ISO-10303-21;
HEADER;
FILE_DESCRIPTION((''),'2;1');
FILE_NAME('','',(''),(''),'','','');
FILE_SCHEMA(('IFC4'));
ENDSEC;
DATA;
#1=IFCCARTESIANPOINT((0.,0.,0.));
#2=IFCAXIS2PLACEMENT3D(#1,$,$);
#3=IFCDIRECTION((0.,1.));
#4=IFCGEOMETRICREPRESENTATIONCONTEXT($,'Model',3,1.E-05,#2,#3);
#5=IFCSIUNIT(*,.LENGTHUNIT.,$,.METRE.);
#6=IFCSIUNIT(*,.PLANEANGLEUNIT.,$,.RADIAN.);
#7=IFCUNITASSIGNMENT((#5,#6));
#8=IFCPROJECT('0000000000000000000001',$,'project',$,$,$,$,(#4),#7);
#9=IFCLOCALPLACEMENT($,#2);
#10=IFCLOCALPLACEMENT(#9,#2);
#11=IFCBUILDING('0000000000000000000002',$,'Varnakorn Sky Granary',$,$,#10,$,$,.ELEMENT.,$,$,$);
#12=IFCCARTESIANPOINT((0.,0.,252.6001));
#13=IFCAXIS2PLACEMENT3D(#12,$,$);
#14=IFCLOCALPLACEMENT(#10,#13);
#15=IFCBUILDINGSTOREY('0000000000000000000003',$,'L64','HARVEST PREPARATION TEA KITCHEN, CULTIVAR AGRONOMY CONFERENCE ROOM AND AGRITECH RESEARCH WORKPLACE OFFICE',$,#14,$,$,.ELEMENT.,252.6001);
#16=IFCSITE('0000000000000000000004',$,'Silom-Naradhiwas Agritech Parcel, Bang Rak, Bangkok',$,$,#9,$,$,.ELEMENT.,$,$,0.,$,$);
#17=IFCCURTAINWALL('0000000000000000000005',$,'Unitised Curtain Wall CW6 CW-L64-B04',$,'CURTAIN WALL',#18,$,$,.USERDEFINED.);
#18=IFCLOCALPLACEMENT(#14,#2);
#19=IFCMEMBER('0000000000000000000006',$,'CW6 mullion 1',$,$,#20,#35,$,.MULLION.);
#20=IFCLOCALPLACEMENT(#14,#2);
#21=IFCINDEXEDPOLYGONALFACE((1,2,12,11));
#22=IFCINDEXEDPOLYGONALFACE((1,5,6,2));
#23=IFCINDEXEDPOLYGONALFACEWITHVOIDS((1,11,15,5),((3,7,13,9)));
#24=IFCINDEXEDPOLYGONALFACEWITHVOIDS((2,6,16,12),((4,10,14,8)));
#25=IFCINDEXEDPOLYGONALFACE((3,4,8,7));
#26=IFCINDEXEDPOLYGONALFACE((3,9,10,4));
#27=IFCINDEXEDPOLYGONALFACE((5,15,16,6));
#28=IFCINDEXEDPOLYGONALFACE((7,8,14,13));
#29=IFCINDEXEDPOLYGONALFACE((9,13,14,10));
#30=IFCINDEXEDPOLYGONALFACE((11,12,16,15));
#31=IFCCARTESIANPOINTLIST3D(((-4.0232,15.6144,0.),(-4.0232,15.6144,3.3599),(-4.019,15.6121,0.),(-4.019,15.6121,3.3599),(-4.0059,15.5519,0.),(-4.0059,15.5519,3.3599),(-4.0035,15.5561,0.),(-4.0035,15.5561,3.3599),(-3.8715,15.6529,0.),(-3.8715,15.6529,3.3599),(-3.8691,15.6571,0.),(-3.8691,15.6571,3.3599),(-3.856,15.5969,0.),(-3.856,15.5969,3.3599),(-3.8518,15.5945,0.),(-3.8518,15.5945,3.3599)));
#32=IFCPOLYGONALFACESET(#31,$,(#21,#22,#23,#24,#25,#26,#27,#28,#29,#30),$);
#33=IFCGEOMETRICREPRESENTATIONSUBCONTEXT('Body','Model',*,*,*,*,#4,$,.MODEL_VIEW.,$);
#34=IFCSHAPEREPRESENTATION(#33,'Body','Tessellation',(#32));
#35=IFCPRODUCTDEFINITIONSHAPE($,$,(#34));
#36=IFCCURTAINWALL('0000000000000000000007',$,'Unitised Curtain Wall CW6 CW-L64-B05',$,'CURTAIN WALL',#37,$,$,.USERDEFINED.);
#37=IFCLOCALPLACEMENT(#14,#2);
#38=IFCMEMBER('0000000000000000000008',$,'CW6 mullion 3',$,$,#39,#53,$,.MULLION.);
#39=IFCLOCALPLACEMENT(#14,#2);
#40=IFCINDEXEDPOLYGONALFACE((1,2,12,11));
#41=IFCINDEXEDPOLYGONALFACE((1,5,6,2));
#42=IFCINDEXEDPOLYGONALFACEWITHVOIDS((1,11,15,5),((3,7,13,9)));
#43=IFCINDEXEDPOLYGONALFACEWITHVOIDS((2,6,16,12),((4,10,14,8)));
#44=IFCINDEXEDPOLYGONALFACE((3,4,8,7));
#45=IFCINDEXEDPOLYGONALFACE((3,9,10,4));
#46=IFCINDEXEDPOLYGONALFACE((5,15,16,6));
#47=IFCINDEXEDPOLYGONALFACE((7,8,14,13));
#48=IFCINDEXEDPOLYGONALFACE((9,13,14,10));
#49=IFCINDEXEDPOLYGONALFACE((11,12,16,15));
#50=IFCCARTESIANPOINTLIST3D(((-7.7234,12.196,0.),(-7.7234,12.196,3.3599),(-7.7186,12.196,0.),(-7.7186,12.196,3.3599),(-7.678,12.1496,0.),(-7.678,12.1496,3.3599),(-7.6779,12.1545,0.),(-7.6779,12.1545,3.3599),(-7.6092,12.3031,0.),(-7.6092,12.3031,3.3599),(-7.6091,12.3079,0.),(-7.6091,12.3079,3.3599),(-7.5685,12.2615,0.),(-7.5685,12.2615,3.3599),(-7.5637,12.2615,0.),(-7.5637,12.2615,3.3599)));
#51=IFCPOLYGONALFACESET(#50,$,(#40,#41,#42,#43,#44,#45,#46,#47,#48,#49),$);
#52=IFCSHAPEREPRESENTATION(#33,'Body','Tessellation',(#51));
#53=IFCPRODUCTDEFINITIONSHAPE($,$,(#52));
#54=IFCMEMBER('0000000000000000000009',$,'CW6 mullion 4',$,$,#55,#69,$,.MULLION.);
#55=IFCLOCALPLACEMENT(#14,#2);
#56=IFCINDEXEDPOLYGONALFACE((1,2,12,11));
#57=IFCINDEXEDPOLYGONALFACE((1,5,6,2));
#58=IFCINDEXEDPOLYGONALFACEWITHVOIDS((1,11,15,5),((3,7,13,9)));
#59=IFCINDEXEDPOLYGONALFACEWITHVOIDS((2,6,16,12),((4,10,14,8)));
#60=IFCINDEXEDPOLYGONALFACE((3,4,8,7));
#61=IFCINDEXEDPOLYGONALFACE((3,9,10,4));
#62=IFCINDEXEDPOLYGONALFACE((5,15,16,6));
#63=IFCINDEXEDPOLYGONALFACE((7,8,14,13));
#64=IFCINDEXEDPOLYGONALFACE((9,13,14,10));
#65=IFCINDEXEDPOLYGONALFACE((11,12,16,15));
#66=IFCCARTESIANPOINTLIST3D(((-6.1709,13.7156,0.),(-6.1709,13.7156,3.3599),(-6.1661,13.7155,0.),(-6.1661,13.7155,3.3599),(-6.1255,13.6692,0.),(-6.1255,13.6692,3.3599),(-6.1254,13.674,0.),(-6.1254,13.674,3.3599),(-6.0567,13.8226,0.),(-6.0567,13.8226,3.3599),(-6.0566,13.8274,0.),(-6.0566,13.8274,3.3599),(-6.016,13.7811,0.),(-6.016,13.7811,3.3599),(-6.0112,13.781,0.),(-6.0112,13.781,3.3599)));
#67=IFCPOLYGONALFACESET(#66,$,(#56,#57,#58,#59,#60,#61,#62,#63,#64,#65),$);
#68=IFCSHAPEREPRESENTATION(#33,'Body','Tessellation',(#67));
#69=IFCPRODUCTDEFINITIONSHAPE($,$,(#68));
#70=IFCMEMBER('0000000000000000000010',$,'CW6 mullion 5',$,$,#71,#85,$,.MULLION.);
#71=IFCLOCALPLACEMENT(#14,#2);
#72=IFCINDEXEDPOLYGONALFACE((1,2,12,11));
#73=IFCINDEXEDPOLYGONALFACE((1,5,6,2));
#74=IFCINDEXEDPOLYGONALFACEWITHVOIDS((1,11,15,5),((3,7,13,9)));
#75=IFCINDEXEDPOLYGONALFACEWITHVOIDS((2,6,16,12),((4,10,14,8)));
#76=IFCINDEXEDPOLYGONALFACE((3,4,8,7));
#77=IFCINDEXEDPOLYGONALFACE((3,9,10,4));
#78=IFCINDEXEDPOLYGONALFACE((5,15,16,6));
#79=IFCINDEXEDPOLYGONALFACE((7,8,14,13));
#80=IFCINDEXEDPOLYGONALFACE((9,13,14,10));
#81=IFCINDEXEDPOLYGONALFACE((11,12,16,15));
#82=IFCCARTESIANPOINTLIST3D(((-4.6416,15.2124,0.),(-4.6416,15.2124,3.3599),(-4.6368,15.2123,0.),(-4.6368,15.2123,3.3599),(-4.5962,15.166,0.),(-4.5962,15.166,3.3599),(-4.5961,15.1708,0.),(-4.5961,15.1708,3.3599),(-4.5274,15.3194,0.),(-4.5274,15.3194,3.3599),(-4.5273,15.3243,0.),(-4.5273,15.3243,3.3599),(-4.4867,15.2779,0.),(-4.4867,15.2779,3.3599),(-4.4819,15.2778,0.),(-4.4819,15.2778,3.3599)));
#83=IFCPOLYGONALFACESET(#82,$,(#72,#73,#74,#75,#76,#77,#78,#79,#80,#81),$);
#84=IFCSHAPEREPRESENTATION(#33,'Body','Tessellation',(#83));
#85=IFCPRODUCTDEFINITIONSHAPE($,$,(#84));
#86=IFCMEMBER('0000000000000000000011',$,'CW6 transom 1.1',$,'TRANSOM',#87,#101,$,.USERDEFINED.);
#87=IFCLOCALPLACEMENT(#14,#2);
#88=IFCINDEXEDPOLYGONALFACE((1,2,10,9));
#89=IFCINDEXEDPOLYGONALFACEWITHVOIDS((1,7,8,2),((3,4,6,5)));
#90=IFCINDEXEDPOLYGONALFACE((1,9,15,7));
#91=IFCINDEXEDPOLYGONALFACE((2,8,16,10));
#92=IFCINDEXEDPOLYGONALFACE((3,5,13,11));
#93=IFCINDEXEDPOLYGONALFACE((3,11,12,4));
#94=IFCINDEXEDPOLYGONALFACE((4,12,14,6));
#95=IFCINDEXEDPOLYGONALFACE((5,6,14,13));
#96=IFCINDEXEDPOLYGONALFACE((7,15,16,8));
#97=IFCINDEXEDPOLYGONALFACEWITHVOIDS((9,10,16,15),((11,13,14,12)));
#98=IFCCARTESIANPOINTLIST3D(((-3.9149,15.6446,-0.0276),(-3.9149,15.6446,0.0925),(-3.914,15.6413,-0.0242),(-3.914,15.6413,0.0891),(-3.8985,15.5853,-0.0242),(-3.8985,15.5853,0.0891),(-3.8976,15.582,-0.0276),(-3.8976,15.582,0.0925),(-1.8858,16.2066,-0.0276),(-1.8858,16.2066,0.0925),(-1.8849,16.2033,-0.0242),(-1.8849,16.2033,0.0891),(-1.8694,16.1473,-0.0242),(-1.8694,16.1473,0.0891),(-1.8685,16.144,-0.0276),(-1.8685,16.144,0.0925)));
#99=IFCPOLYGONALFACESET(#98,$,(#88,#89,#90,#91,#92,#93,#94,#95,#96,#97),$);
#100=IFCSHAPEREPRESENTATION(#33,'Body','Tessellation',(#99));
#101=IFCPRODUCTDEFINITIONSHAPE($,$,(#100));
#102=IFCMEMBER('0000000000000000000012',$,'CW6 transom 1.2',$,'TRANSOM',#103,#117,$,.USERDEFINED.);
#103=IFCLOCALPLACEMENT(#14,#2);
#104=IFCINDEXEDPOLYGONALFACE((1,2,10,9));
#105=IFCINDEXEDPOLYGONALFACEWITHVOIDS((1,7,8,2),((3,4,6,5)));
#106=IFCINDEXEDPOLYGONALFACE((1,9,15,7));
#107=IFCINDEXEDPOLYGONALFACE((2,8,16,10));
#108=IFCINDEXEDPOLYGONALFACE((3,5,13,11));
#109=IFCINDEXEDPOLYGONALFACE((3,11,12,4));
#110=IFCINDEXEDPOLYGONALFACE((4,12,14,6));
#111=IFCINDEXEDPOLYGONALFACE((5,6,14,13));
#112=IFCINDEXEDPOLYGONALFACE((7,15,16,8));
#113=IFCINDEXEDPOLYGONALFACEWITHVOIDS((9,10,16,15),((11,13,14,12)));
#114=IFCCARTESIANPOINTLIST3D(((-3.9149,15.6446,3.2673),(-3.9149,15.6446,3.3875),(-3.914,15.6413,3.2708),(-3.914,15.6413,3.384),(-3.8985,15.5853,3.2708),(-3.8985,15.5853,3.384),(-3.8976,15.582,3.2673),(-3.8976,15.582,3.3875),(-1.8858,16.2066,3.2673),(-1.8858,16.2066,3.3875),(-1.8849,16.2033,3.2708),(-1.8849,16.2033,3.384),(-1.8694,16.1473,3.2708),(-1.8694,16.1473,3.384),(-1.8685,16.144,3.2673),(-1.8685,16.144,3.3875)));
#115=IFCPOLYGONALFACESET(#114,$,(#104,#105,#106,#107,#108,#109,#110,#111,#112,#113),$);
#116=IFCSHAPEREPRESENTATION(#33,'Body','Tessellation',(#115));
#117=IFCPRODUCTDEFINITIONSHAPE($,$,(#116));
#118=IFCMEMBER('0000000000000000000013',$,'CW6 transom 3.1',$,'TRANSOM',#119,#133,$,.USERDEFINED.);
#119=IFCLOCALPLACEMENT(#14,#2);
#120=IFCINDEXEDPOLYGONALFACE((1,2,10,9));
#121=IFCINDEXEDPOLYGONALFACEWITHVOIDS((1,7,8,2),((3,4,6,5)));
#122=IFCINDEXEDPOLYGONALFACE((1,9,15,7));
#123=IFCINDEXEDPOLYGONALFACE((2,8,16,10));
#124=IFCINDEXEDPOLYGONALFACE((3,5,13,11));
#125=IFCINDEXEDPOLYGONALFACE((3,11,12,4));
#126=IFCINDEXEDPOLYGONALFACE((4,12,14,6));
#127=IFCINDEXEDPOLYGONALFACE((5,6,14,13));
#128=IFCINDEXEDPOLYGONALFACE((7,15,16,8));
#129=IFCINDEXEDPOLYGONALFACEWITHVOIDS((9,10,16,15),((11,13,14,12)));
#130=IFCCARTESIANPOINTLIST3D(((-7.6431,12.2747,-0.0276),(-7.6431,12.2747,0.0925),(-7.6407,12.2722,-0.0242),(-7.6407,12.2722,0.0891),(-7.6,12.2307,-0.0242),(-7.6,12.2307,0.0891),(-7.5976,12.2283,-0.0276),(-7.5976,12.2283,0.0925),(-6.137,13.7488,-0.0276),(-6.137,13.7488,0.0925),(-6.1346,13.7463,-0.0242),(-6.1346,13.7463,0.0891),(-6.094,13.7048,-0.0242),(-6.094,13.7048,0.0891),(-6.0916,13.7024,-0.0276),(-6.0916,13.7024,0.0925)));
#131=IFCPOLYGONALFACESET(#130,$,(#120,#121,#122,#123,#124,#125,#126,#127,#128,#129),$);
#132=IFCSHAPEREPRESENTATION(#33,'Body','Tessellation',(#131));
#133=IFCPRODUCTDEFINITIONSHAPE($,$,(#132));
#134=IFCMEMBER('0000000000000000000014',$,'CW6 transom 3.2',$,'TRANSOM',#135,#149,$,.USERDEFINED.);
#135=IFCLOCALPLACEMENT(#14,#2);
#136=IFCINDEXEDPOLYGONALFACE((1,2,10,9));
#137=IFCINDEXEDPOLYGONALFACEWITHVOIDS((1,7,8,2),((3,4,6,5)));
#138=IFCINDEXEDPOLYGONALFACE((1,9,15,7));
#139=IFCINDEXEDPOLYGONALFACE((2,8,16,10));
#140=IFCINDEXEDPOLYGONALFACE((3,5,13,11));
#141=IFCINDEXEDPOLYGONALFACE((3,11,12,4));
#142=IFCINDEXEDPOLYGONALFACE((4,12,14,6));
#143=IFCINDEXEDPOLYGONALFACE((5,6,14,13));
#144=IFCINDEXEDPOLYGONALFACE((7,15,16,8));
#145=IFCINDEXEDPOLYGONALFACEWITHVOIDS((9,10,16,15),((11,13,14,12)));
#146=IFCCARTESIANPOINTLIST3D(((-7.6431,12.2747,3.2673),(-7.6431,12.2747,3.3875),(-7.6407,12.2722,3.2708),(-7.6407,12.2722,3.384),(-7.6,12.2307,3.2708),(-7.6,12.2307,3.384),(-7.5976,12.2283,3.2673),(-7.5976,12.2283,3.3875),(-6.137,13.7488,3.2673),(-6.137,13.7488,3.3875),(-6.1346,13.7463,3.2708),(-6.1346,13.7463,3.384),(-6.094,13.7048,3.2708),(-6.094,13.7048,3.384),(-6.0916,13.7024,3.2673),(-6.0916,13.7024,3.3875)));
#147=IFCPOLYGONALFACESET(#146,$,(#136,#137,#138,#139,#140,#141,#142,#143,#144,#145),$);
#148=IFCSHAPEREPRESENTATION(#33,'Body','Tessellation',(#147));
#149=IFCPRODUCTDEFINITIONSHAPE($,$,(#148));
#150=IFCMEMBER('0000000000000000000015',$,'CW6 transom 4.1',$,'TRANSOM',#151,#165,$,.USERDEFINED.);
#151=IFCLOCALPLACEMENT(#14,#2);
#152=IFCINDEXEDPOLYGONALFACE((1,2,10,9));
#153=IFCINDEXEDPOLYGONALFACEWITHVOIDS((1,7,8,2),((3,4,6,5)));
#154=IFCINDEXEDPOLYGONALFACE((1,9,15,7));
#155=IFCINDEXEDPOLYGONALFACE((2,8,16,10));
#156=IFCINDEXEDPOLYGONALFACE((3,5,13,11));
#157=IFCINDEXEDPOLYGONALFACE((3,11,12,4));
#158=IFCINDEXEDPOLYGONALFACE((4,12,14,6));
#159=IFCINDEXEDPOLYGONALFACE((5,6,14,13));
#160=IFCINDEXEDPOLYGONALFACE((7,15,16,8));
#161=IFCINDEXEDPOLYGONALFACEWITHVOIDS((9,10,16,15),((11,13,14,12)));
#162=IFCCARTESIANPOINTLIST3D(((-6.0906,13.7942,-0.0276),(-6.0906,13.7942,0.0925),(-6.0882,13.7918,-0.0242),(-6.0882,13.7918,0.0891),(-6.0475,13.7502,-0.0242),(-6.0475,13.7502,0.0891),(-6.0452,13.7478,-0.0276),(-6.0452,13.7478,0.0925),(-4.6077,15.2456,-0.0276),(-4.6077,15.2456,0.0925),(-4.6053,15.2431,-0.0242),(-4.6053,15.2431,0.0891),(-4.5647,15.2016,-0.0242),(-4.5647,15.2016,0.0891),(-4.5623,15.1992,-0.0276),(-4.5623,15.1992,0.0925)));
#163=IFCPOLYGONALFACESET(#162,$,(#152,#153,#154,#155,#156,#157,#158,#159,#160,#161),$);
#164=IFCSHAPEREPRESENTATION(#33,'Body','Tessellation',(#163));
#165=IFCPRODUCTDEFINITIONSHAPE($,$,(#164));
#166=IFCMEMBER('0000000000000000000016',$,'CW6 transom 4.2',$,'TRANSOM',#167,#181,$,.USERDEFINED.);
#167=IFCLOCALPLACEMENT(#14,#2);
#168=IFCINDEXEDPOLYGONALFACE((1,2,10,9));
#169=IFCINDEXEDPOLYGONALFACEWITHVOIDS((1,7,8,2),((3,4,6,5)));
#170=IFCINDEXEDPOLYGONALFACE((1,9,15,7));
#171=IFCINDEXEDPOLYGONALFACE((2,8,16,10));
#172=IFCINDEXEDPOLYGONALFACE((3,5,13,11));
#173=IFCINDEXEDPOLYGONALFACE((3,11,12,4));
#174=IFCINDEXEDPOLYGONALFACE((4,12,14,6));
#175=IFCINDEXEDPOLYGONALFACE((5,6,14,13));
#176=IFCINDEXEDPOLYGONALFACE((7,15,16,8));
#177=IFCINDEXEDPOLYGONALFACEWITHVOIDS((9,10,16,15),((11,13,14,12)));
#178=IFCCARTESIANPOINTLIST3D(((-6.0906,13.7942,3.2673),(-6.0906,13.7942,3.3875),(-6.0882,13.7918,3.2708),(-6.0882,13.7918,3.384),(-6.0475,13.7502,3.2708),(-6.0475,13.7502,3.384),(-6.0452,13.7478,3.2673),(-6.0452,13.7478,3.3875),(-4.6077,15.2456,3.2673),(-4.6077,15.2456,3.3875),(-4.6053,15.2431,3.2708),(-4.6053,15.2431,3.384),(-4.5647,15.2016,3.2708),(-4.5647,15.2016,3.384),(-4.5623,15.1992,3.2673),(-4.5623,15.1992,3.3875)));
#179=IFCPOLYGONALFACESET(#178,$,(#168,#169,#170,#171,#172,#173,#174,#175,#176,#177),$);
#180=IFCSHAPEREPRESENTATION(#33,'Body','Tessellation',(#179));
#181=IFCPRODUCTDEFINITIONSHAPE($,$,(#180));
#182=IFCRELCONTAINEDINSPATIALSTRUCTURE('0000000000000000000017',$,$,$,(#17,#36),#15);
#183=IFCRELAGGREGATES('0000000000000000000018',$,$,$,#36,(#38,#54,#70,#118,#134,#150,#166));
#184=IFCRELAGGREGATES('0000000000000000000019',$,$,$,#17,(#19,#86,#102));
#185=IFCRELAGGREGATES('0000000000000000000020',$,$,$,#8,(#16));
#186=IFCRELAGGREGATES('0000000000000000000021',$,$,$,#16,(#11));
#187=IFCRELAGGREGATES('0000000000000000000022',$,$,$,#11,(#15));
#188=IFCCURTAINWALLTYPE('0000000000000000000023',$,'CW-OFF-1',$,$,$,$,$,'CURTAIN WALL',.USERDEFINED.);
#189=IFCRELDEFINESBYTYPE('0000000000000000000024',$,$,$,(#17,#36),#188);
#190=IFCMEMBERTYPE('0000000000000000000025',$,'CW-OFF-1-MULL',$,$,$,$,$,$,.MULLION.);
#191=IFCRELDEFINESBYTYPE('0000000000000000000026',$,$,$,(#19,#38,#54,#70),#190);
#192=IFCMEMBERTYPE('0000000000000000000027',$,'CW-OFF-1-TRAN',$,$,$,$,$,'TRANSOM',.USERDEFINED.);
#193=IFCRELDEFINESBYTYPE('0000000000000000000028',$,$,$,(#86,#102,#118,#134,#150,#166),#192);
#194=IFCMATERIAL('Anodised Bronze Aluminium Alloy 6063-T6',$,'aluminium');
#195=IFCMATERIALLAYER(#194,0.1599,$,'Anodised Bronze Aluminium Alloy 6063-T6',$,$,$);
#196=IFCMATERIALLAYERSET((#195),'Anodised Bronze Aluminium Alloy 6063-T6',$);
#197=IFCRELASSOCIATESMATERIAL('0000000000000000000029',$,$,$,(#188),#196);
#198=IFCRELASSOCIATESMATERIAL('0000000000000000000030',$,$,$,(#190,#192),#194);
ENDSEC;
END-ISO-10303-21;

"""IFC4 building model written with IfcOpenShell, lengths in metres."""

from ifc_helpers import new_model, si_unit, direction, frame, origin, origin_2d, place, context, subcontext, project, spatial, hollow_rectangle, extrude, material, layer, layer_set, material_profile, profile_set, type_object, element, aggregate, save


model = new_model("IFC4")

# Units and contexts
model_context = context("Model", 3, precision=1e-05, world=origin(), true_north=direction((0.0, 1.0)))
body_context = subcontext(model_context, "Body", "Model", "MODEL_VIEW")
ifc_project = project(units=[si_unit("LENGTHUNIT", "METRE"), si_unit("PLANEANGLEUNIT", "RADIAN")], contexts=[model_context])

# Site, building, storey
site_placement = place(None, origin())
site = spatial("IfcSite", under=ifc_project, at=site_placement, Name="Silom-Naradhiwas Agritech Parcel, Bang Rak, Bangkok", CompositionType="ELEMENT", RefElevation=0.0)
building_placement = place(site_placement, origin())
building = spatial("IfcBuilding", under=site, at=building_placement, Name="Varnakorn Sky Granary", CompositionType="ELEMENT")
storey_placement = place(building_placement, frame((0.0, 0.0, 252.6001)))
storey = spatial("IfcBuildingStorey", under=building, at=storey_placement, Name="L64", Description="HARVEST PREPARATION TEA KITCHEN, CULTIVAR AGRONOMY CONFERENCE ROOM AND AGRITECH RESEARCH WORKPLACE OFFICE", CompositionType="ELEMENT", Elevation=252.6001)

# Curtain wall, member
ifc_material_1 = material(Name="Anodised Bronze Aluminium Alloy 6063-T6", Category="aluminium")
ifc_layer_1 = layer(ifc_material_1, 0.1599, Name="Anodised Bronze Aluminium Alloy 6063-T6")
ifc_layer_set_1 = layer_set([ifc_layer_1], Name="Anodised Bronze Aluminium Alloy 6063-T6")
curtain_wall_type = type_object("IfcCurtainWallType", Name="CW-OFF-1", ElementType="CURTAIN WALL", PredefinedType="USERDEFINED", material=ifc_layer_set_1)
curtain_wall_1_placement = place(storey_placement, origin())
curtain_wall_1 = element("IfcCurtainWall", 1, at=curtain_wall_1_placement, inside=storey, type_object=curtain_wall_type, Name="Unitised Curtain Wall CW6 CW-L64-B04", ObjectType="CURTAIN WALL", PredefinedType="USERDEFINED")
ifc_material_profile_1 = material_profile(ifc_material_1, hollow_rectangle(XDim=0.0649, YDim=0.1599, WallThickness=0.0034, at=origin_2d()), Name="ALU MULL 65x160")
ifc_profile_set_1 = profile_set([ifc_material_profile_1], Name="Anodised Bronze Aluminium Alloy 6063-T6")
member_type_1 = type_object("IfcMemberType", Name="CW-OFF-1-MULL", PredefinedType="MULLION", material=ifc_profile_set_1)
member_1_placement = place(storey_placement, frame((-3.9375, 15.6045, 0.0), z_axis=(0.0, 0.0, 1.0), x_axis=(-0.266982, 0.963701, 0.0)))
member_1 = element("IfcMember", 2, at=member_1_placement, type_object=member_type_1, Name="CW6 mullion 1", PredefinedType="MULLION", context=body_context, shape_type="SweptSolid", body=[
    extrude(hollow_rectangle(XDim=0.0649, YDim=0.1599, WallThickness=0.0034, at=origin_2d()), origin(), (0.0, 0.0, 1.0), 3.3599),
])

# Curtain wall, members
curtain_wall_2_placement = place(storey_placement, origin())
curtain_wall_2 = element("IfcCurtainWall", 3, at=curtain_wall_2_placement, inside=storey, type_object=curtain_wall_type, Name="Unitised Curtain Wall CW6 CW-L64-B05", ObjectType="CURTAIN WALL", PredefinedType="USERDEFINED")
member_2_placement = place(storey_placement, frame((-7.6436, 12.2288, 0.0), z_axis=(0.0, 0.0, 1.0), x_axis=(-0.699482, 0.71465, 0.0)))
member_2 = element("IfcMember", 4, at=member_2_placement, type_object=member_type_1, Name="CW6 mullion 3", PredefinedType="MULLION", context=body_context, shape_type="SweptSolid", body=[
    extrude(hollow_rectangle(XDim=0.0649, YDim=0.1599, WallThickness=0.0034, at=origin_2d()), origin(), (0.0, 0.0, 1.0), 3.3599),
])
member_3_placement = place(storey_placement, frame((-6.0911, 13.7483, 0.0), z_axis=(0.0, 0.0, 1.0), x_axis=(-0.699482, 0.71465, 0.0)))
member_3 = element("IfcMember", 5, at=member_3_placement, type_object=member_type_1, Name="CW6 mullion 4", PredefinedType="MULLION", context=body_context, shape_type="SweptSolid", body=[
    extrude(hollow_rectangle(XDim=0.0649, YDim=0.1599, WallThickness=0.0034, at=origin_2d()), origin(), (0.0, 0.0, 1.0), 3.3599),
])
member_4_placement = place(storey_placement, frame((-4.5618, 15.2451, 0.0), z_axis=(0.0, 0.0, 1.0), x_axis=(-0.699482, 0.71465, 0.0)))
member_4 = element("IfcMember", 6, at=member_4_placement, type_object=member_type_1, Name="CW6 mullion 5", PredefinedType="MULLION", context=body_context, shape_type="SweptSolid", body=[
    extrude(hollow_rectangle(XDim=0.0649, YDim=0.1599, WallThickness=0.0034, at=origin_2d()), origin(), (0.0, 0.0, 1.0), 3.3599),
])

# Members
ifc_material_profile_2 = material_profile(ifc_material_1, hollow_rectangle(XDim=0.0649, YDim=0.1201, WallThickness=0.0034, at=origin_2d()), Name="ALU TRAN 65x120")
ifc_profile_set_2 = profile_set([ifc_material_profile_2], Name="Anodised Bronze Aluminium Alloy 6063-T6")
member_type_2 = type_object("IfcMemberType", Name="CW-OFF-1-TRAN", ElementType="TRANSOM", PredefinedType="USERDEFINED", material=ifc_profile_set_2)
member_5_placement = place(storey_placement, frame((-3.9062, 15.6133, 0.0325), z_axis=(0.963715, 0.266932, 0.0), x_axis=(-0.266932, 0.963715, 0.0)))
member_5 = element("IfcMember", 7, at=member_5_placement, type_object=member_type_2, Name="CW6 transom 1.1", ObjectType="TRANSOM", PredefinedType="USERDEFINED", context=body_context, shape_type="SweptSolid", body=[
    extrude(hollow_rectangle(XDim=0.0649, YDim=0.1201, WallThickness=0.0034, at=origin_2d()), origin(), (0.0, 0.0, 1.0), 2.1055),
])
member_6_placement = place(storey_placement, frame((-3.9062, 15.6133, 3.3274), z_axis=(0.963715, 0.266932, 0.0), x_axis=(-0.266932, 0.963715, 0.0)))
member_6 = element("IfcMember", 8, at=member_6_placement, type_object=member_type_2, Name="CW6 transom 1.2", ObjectType="TRANSOM", PredefinedType="USERDEFINED", context=body_context, shape_type="SweptSolid", body=[
    extrude(hollow_rectangle(XDim=0.0649, YDim=0.1201, WallThickness=0.0034, at=origin_2d()), origin(), (0.0, 0.0, 1.0), 2.1055),
])
member_7_placement = place(storey_placement, frame((-7.6204, 12.2515, 0.0325), z_axis=(0.714654, 0.699478, 0.0), x_axis=(-0.699478, 0.714654, 0.0)))
member_7 = element("IfcMember", 9, at=member_7_placement, type_object=member_type_2, Name="CW6 transom 3.1", ObjectType="TRANSOM", PredefinedType="USERDEFINED", context=body_context, shape_type="SweptSolid", body=[
    extrude(hollow_rectangle(XDim=0.0649, YDim=0.1201, WallThickness=0.0034, at=origin_2d()), origin(), (0.0, 0.0, 1.0), 2.1074),
])
member_8_placement = place(storey_placement, frame((-7.6204, 12.2515, 3.3274), z_axis=(0.714654, 0.699478, 0.0), x_axis=(-0.699478, 0.714654, 0.0)))
member_8 = element("IfcMember", 10, at=member_8_placement, type_object=member_type_2, Name="CW6 transom 3.2", ObjectType="TRANSOM", PredefinedType="USERDEFINED", context=body_context, shape_type="SweptSolid", body=[
    extrude(hollow_rectangle(XDim=0.0649, YDim=0.1201, WallThickness=0.0034, at=origin_2d()), origin(), (0.0, 0.0, 1.0), 2.1074),
])
member_9_placement = place(storey_placement, frame((-6.0679, 13.771, 0.0325), z_axis=(0.714655, 0.699477, 0.0), x_axis=(-0.699477, 0.714655, 0.0)))
member_9 = element("IfcMember", 11, at=member_9_placement, type_object=member_type_2, Name="CW6 transom 4.1", ObjectType="TRANSOM", PredefinedType="USERDEFINED", context=body_context, shape_type="SweptSolid", body=[
    extrude(hollow_rectangle(XDim=0.0649, YDim=0.1201, WallThickness=0.0034, at=origin_2d()), origin(), (0.0, 0.0, 1.0), 2.075),
])
member_10_placement = place(storey_placement, frame((-6.0679, 13.771, 3.3274), z_axis=(0.714655, 0.699477, 0.0), x_axis=(-0.699477, 0.714655, 0.0)))
member_10 = element("IfcMember", 12, at=member_10_placement, type_object=member_type_2, Name="CW6 transom 4.2", ObjectType="TRANSOM", PredefinedType="USERDEFINED", context=body_context, shape_type="SweptSolid", body=[
    extrude(hollow_rectangle(XDim=0.0649, YDim=0.1201, WallThickness=0.0034, at=origin_2d()), origin(), (0.0, 0.0, 1.0), 2.075),
])

aggregate(curtain_wall_2, [member_2, member_3, member_4, member_7, member_8, member_9, member_10])
aggregate(curtain_wall_1, [member_1, member_5, member_6])

save(model, "model.ifc")
